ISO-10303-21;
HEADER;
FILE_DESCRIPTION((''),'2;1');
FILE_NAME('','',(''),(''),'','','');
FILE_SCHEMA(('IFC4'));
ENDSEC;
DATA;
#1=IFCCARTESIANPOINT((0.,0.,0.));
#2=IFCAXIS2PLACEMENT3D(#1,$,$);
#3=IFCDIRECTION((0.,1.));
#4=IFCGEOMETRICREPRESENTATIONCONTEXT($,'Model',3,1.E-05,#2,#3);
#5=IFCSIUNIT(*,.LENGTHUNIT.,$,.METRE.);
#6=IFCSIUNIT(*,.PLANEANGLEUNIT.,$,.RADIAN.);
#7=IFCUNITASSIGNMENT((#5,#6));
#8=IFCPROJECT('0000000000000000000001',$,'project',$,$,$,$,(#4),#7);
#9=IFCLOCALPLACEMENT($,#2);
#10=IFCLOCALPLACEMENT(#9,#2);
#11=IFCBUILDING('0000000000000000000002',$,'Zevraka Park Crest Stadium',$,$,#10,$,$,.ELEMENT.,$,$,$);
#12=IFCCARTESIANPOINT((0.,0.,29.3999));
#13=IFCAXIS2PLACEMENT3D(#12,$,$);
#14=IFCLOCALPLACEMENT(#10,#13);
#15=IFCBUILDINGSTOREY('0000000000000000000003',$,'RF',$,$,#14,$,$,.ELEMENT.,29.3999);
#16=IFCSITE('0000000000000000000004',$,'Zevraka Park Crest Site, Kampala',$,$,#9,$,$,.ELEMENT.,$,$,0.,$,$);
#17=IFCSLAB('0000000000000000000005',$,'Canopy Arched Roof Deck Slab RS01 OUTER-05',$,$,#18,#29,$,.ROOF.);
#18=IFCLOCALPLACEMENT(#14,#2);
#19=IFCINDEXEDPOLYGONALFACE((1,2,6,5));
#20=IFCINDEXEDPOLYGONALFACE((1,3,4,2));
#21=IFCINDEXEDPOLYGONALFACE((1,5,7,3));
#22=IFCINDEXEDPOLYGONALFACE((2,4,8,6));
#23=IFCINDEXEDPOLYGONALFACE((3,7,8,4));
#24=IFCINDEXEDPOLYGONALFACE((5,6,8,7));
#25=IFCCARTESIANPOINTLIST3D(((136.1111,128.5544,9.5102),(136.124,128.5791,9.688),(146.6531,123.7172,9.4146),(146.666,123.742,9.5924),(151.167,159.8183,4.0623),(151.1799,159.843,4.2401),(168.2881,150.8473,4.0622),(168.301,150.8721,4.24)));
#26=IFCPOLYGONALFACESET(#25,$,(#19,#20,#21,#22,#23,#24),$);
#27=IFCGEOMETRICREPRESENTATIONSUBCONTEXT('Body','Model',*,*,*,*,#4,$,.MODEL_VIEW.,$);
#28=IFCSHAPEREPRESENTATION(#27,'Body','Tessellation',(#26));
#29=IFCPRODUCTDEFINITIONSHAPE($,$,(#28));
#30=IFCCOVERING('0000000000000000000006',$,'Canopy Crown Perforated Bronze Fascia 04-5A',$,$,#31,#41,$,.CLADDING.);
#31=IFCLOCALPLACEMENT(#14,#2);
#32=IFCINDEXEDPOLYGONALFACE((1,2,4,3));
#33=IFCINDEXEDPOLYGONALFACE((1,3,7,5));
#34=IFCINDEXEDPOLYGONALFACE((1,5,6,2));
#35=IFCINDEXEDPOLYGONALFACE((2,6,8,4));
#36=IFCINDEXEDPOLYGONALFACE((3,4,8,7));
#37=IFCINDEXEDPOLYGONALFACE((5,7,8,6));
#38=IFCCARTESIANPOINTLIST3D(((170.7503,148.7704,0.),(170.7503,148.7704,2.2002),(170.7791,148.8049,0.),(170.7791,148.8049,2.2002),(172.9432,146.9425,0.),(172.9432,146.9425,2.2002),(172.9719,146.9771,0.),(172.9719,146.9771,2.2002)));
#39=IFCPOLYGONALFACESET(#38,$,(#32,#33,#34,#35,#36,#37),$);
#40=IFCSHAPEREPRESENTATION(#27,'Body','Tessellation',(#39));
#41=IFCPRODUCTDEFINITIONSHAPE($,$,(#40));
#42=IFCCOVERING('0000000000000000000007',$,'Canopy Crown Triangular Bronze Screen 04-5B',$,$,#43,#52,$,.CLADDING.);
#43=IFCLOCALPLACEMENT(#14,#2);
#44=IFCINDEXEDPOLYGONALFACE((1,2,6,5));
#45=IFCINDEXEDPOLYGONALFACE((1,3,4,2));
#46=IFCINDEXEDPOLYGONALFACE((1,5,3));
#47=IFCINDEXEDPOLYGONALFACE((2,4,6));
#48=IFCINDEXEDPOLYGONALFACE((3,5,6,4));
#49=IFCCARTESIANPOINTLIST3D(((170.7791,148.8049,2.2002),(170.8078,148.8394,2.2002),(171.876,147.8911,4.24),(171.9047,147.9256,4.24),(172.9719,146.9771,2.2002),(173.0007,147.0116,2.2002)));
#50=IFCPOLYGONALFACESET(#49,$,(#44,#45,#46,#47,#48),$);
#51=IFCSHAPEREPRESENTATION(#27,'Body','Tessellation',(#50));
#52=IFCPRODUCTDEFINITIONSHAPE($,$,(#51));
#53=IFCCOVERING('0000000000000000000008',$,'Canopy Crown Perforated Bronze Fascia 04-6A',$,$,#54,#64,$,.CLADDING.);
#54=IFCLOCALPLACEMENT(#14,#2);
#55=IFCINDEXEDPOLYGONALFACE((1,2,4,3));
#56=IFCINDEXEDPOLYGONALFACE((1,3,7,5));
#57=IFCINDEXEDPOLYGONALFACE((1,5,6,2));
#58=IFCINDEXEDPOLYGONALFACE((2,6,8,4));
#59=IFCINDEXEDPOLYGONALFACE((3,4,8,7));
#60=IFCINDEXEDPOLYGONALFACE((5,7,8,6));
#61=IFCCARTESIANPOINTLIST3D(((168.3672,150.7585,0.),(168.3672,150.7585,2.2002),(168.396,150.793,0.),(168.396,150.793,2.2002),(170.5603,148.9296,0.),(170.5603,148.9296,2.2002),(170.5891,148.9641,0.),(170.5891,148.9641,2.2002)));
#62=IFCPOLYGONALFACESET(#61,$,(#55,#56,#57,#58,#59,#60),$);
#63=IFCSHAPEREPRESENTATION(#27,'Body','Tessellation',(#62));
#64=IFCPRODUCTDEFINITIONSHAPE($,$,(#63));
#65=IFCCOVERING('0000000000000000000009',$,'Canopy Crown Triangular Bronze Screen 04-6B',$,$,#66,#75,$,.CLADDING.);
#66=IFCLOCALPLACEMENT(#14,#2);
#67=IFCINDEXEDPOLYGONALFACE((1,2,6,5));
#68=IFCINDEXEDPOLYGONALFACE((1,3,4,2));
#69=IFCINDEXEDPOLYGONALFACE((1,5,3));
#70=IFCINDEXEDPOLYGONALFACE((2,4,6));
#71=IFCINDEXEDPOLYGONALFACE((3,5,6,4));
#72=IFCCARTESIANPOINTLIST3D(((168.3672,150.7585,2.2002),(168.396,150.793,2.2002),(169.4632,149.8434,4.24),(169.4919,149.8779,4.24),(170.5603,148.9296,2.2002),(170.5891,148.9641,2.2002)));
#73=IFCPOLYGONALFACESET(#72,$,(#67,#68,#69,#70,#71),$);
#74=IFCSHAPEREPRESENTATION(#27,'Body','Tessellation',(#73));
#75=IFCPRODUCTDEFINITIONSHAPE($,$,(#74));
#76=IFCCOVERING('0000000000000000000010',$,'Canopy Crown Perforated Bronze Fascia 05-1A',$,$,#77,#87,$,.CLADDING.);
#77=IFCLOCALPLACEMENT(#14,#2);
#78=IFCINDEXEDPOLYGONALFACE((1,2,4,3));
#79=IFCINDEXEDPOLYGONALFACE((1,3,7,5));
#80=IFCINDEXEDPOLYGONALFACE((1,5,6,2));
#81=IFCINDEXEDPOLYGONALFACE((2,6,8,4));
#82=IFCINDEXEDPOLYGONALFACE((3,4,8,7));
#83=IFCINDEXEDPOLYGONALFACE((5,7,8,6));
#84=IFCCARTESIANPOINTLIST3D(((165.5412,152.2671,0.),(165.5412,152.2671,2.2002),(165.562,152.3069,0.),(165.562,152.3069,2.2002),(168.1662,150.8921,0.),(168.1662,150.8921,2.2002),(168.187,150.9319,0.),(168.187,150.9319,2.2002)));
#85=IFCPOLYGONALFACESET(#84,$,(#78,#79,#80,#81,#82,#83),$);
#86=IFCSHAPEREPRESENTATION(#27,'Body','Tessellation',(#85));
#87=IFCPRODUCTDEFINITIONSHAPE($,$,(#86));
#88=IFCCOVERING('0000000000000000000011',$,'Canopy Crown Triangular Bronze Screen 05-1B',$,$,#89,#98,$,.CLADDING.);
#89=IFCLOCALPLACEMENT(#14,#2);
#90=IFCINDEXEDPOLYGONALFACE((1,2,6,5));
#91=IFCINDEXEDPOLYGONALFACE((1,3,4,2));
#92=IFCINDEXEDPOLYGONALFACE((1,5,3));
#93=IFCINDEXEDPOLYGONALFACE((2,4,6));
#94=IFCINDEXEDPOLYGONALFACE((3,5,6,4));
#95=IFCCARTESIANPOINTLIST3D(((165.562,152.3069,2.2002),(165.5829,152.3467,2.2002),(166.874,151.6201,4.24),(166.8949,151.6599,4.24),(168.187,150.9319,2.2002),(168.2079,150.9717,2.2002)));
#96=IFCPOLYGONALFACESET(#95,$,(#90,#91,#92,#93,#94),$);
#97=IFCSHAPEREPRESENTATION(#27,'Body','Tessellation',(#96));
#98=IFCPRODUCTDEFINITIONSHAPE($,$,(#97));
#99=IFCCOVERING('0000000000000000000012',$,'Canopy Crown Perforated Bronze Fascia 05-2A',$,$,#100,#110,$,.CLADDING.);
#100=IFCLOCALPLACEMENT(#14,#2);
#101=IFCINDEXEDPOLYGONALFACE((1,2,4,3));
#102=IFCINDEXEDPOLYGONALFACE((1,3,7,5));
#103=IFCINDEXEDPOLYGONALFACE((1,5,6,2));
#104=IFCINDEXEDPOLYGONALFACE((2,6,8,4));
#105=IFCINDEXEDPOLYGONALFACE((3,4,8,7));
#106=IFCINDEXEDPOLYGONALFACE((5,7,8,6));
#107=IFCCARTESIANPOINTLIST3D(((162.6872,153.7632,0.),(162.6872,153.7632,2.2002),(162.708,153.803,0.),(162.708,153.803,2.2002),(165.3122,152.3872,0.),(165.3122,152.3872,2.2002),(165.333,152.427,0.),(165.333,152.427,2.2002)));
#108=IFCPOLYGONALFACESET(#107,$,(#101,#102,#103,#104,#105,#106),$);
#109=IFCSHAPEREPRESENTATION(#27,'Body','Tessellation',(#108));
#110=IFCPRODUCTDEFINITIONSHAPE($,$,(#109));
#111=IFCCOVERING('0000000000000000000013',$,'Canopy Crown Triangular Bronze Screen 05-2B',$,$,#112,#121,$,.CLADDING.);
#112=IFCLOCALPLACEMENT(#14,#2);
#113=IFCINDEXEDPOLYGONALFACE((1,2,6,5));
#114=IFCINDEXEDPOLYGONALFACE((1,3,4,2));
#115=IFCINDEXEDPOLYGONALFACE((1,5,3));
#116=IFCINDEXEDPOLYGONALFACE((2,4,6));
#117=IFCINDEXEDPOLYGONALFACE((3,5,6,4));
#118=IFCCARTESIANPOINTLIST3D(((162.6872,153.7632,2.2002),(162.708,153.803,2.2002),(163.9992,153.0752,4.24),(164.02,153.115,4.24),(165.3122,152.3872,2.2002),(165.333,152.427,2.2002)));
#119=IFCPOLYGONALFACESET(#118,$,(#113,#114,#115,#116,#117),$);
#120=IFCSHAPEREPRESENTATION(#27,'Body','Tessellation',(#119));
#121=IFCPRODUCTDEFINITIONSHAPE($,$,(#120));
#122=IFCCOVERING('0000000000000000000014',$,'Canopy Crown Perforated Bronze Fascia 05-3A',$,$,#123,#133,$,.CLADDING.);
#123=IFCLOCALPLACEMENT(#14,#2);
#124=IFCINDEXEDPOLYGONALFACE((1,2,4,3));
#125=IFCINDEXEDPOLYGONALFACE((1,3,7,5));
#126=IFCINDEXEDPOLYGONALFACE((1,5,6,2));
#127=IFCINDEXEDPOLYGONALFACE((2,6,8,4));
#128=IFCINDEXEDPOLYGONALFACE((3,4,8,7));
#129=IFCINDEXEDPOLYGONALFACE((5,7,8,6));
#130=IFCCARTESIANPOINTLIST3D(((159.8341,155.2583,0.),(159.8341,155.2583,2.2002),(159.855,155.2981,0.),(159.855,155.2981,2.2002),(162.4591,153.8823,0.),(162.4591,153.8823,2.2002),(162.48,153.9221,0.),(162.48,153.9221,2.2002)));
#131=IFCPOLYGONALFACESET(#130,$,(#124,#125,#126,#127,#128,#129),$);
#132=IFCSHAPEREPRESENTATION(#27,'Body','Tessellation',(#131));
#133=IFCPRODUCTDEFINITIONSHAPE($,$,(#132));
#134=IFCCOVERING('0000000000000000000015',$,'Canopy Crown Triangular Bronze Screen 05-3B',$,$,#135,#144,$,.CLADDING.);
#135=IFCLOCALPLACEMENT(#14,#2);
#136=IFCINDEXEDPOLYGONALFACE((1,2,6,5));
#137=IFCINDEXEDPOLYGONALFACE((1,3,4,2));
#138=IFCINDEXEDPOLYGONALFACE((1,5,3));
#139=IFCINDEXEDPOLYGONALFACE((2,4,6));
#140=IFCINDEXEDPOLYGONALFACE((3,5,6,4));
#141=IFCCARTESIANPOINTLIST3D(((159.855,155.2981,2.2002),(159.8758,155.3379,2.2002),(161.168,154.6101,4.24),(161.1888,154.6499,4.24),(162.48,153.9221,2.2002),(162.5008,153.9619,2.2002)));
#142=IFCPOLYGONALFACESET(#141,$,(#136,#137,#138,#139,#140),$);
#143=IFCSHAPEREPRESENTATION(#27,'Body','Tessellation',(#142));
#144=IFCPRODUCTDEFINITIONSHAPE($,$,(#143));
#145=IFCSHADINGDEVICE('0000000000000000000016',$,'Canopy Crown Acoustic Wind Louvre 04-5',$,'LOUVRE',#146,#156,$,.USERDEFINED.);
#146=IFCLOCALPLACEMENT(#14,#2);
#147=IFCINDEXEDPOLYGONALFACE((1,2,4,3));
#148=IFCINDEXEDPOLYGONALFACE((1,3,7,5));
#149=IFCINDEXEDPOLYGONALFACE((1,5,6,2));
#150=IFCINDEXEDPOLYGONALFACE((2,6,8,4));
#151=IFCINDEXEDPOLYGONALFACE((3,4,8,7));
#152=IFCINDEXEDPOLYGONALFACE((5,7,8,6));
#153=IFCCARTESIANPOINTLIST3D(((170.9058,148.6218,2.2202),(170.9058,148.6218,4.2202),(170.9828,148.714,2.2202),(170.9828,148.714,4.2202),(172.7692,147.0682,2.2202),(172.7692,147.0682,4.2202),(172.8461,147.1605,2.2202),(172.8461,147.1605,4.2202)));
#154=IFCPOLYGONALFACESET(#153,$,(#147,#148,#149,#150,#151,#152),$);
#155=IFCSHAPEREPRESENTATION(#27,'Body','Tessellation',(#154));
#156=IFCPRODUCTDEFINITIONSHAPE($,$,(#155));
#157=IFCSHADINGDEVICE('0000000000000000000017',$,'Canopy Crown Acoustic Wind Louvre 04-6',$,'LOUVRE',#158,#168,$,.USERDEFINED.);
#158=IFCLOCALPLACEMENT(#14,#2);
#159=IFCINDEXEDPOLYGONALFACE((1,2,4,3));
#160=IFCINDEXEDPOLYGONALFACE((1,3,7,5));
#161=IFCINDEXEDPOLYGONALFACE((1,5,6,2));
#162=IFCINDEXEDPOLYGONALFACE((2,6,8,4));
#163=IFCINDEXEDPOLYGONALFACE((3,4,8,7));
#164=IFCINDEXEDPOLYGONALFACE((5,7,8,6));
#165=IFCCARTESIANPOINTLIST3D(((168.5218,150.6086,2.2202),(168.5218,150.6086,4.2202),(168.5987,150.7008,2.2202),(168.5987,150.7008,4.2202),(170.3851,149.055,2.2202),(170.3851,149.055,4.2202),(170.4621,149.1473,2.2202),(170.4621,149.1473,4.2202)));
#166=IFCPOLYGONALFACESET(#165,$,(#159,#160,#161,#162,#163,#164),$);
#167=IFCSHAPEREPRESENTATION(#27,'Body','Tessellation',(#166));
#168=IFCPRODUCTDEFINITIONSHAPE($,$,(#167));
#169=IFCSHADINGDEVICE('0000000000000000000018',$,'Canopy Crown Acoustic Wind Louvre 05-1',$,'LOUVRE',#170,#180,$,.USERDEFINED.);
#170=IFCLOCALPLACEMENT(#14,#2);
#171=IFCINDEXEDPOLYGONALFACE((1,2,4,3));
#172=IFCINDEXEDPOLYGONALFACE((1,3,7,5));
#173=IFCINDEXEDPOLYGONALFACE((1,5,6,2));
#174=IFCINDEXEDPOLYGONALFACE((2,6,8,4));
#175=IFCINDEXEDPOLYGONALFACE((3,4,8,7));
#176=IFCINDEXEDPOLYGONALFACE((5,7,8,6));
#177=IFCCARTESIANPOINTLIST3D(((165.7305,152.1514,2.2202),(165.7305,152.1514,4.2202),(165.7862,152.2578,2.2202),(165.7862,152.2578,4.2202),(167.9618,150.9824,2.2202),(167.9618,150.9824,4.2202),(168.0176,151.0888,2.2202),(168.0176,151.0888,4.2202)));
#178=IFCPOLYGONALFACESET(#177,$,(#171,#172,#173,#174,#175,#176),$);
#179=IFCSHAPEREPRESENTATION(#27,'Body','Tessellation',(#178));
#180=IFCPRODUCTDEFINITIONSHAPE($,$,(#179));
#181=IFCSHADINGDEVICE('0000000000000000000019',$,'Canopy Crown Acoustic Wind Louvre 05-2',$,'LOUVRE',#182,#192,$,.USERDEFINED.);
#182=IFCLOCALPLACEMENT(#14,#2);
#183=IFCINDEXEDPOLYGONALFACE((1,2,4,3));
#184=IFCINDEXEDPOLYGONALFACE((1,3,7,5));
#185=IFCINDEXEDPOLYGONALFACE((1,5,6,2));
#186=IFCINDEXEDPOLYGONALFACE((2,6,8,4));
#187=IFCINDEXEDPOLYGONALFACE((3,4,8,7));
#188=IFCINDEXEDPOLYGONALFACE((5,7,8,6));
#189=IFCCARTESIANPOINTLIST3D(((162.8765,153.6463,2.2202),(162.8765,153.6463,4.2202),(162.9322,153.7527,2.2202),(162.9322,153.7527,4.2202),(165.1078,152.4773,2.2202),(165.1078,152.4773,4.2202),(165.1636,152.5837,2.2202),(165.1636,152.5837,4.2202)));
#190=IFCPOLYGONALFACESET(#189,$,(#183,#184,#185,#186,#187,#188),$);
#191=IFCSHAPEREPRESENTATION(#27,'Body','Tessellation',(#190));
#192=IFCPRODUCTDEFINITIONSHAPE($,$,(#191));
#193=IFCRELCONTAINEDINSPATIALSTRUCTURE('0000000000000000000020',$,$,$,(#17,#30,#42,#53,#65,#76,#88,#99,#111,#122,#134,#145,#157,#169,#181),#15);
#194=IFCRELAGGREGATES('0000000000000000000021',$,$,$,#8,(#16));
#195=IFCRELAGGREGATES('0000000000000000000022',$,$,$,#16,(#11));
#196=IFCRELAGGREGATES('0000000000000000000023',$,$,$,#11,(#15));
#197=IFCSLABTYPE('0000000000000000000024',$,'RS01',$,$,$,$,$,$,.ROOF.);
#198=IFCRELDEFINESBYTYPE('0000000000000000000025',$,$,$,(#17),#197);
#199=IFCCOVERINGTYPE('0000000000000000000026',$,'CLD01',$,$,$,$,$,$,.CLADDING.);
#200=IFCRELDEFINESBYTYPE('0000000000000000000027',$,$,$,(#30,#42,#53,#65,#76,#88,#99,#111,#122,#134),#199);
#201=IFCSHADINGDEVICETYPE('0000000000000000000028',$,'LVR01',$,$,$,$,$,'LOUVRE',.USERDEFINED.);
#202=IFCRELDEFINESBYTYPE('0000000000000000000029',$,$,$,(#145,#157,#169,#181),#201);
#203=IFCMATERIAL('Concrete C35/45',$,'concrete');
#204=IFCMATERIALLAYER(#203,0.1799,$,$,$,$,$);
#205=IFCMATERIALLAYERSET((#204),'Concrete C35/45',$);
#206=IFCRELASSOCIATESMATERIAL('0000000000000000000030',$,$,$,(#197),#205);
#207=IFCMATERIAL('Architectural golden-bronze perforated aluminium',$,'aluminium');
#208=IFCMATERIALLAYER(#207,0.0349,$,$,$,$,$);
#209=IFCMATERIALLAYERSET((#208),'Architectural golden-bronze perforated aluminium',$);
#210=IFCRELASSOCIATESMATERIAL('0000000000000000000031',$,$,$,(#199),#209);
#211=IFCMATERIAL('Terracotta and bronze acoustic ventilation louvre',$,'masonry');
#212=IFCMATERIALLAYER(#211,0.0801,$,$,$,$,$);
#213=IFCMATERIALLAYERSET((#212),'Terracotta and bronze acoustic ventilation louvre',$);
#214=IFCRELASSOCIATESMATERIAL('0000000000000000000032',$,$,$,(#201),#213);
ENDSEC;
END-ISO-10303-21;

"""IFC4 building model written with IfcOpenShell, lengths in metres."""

from ifc_helpers import new_model, si_unit, direction, frame, origin, origin_2d, place, context, subcontext, project, spatial, polyline, rectangle, outline, extrude, material, layer, layer_set, type_object, element, save


model = new_model("IFC4")

# Units and contexts
model_context = context("Model", 3, precision=1e-05, world=origin(), true_north=direction((0.0, 1.0)))
body_context = subcontext(model_context, "Body", "Model", "MODEL_VIEW")
ifc_project = project(units=[si_unit("LENGTHUNIT", "METRE"), si_unit("PLANEANGLEUNIT", "RADIAN")], contexts=[model_context])

# Site, building, storey
site_placement = place(None, origin())
site = spatial("IfcSite", under=ifc_project, at=site_placement, Name="Zevraka Park Crest Site, Kampala", CompositionType="ELEMENT", RefElevation=0.0)
building_placement = place(site_placement, origin())
building = spatial("IfcBuilding", under=site, at=building_placement, Name="Zevraka Park Crest Stadium", CompositionType="ELEMENT")
storey_placement = place(building_placement, frame((0.0, 0.0, 29.3999)))
storey = spatial("IfcBuildingStorey", under=building, at=storey_placement, Name="RF", CompositionType="ELEMENT", Elevation=29.3999)

# Slab
ifc_material_1 = material(Name="Concrete C35/45", Category="concrete")
ifc_layer_1 = layer(ifc_material_1, 0.1799)
ifc_layer_set_1 = layer_set([ifc_layer_1], Name="Concrete C35/45")
slab_type = type_object("IfcSlabType", Name="RS01", PredefinedType="ROOF", material=ifc_layer_set_1)
slab_placement = place(storey_placement, frame((168.301, 150.8721, 4.24), z_axis=(0.072029, 0.137456, 0.987885), x_axis=(-0.885773, 0.46412, 0.000006)))
element("IfcSlab", 1, at=slab_placement, inside=storey, type_object=slab_type, Name="Canopy Arched Roof Deck Slab RS01 OUTER-05", PredefinedType="ROOF", context=body_context, shape_type="SweptSolid", body=[
    extrude(outline(polyline([(0.0, 0.0), (19.329, 0.0), (18.1549, 35.1058), (6.5721, 34.4902), (0.0, 0.0)])), origin(), (0.0, 0.0, -1.0), 0.1799),
])

# Coverings
ifc_material_2 = material(Name="Architectural golden-bronze perforated aluminium", Category="aluminium")
ifc_layer_2 = layer(ifc_material_2, 0.0349)
ifc_layer_set_2 = layer_set([ifc_layer_2], Name="Architectural golden-bronze perforated aluminium")
covering_type_1 = type_object("IfcCoveringType", Name="CLD01", PredefinedType="CLADDING", material=ifc_layer_set_2)
covering_1_placement = place(storey_placement, frame((172.9719, 146.9771, 0.0), z_axis=(0.640285, 0.768137, 0.0), x_axis=(-0.768137, 0.640285, 0.0)))
element("IfcCovering", 2, at=covering_1_placement, inside=storey, type_object=covering_type_1, Name="Canopy Crown Perforated Bronze Fascia 04-5A", PredefinedType="CLADDING", context=body_context, shape_type="SweptSolid", body=[
    extrude(outline(polyline([(0.0, 0.0), (2.8548, 0.0), (2.8548, 2.2002), (0.0, 2.2002), (0.0, 0.0)])), origin(), (0.0, 0.0, -1.0), 0.0449),
])
covering_2_placement = place(storey_placement, frame((172.9719, 146.9771, 2.2002), z_axis=(-0.640285, -0.768137, 0.000199), x_axis=(-0.768137, 0.640285, 0.0)))
element("IfcCovering", 3, at=covering_2_placement, inside=storey, type_object=covering_type_1, Name="Canopy Crown Triangular Bronze Screen 04-5B", PredefinedType="CLADDING", context=body_context, shape_type="SweptSolid", body=[
    extrude(outline(polyline([(0.0, 0.0), (2.8548, 0.0), (1.4271, -2.0398), (0.0, 0.0)])), origin(), (0.0, 0.0, -1.0), 0.0449),
])
covering_3_placement = place(storey_placement, frame((170.5891, 148.9641, 0.0), z_axis=(0.640445, 0.768004, 0.0), x_axis=(-0.768004, 0.640445, 0.0)))
element("IfcCovering", 4, at=covering_3_placement, inside=storey, type_object=covering_type_1, Name="Canopy Crown Perforated Bronze Fascia 04-6A", PredefinedType="CLADDING", context=body_context, shape_type="SweptSolid", body=[
    extrude(outline(polyline([(0.0, 0.0), (2.8556, 0.0), (2.8556, 2.2002), (0.0, 2.2002), (0.0, 0.0)])), origin(), (0.0, 0.0, -1.0), 0.0449),
])
covering_4_placement = place(storey_placement, frame((170.5891, 148.9641, 2.2002), z_axis=(0.640445, 0.768004, 0.000421), x_axis=(-0.768004, 0.640445, 0.0)))
element("IfcCovering", 5, at=covering_4_placement, inside=storey, type_object=covering_type_1, Name="Canopy Crown Triangular Bronze Screen 04-6B", PredefinedType="CLADDING", context=body_context, shape_type="SweptSolid", body=[
    extrude(outline(polyline([(0.0, 0.0), (2.8556, 0.0), (1.4279, 2.0398), (0.0, 0.0)])), origin(), (0.0, 0.0, -1.0), 0.0449),
])
covering_5_placement = place(storey_placement, frame((168.187, 150.9319, 0.0), z_axis=(0.464007, 0.885832, 0.0), x_axis=(-0.885832, 0.464007, 0.0)))
element("IfcCovering", 6, at=covering_5_placement, inside=storey, type_object=covering_type_1, Name="Canopy Crown Perforated Bronze Fascia 05-1A", PredefinedType="CLADDING", context=body_context, shape_type="SweptSolid", body=[
    extrude(outline(polyline([(0.0, 0.0), (2.9633, 0.0), (2.9633, 2.2002), (0.0, 2.2002), (0.0, 0.0)])), origin(), (0.0, 0.0, -1.0), 0.0449),
])
covering_6_placement = place(storey_placement, frame((168.187, 150.9319, 2.2002), z_axis=(-0.464007, -0.885832, 0.000207), x_axis=(-0.885832, 0.464007, 0.0)))
element("IfcCovering", 7, at=covering_6_placement, inside=storey, type_object=covering_type_1, Name="Canopy Crown Triangular Bronze Screen 05-1B", PredefinedType="CLADDING", context=body_context, shape_type="SweptSolid", body=[
    extrude(outline(polyline([(0.0, 0.0), (2.9633, 0.0), (1.4824, -2.0398), (0.0, 0.0)])), origin(), (0.0, 0.0, -1.0), 0.0449),
])
covering_7_placement = place(storey_placement, frame((165.333, 152.427, 0.0), z_axis=(0.464266, 0.885696, 0.0), x_axis=(-0.885696, 0.464266, 0.0)))
element("IfcCovering", 8, at=covering_7_placement, inside=storey, type_object=covering_type_1, Name="Canopy Crown Perforated Bronze Fascia 05-2A", PredefinedType="CLADDING", context=body_context, shape_type="SweptSolid", body=[
    extrude(outline(polyline([(0.0, 0.0), (2.9638, 0.0), (2.9638, 2.2002), (0.0, 2.2002), (0.0, 0.0)])), origin(), (0.0, 0.0, -1.0), 0.0449),
])
covering_8_placement = place(storey_placement, frame((165.333, 152.427, 2.2002), z_axis=(0.464266, 0.885696, 0.000111), x_axis=(-0.885696, 0.464266, 0.0)))
element("IfcCovering", 9, at=covering_8_placement, inside=storey, type_object=covering_type_1, Name="Canopy Crown Triangular Bronze Screen 05-2B", PredefinedType="CLADDING", context=body_context, shape_type="SweptSolid", body=[
    extrude(outline(polyline([(0.0, 0.0), (2.9638, 0.0), (1.4823, 2.0398), (0.0, 0.0)])), origin(), (0.0, 0.0, -1.0), 0.0449),
])
covering_9_placement = place(storey_placement, frame((162.48, 153.9221, 0.0), z_axis=(0.464266, 0.885696, 0.0), x_axis=(-0.885696, 0.464266, 0.0)))
element("IfcCovering", 10, at=covering_9_placement, inside=storey, type_object=covering_type_1, Name="Canopy Crown Perforated Bronze Fascia 05-3A", PredefinedType="CLADDING", context=body_context, shape_type="SweptSolid", body=[
    extrude(outline(polyline([(0.0, 0.0), (2.9638, 0.0), (2.9638, 2.2002), (0.0, 2.2002), (0.0, 0.0)])), origin(), (0.0, 0.0, -1.0), 0.0449),
])
covering_10_placement = place(storey_placement, frame((162.48, 153.9221, 2.2002), z_axis=(-0.464266, -0.885696, 0.000111), x_axis=(-0.885696, 0.464266, 0.0)))
element("IfcCovering", 11, at=covering_10_placement, inside=storey, type_object=covering_type_1, Name="Canopy Crown Triangular Bronze Screen 05-3B", PredefinedType="CLADDING", context=body_context, shape_type="SweptSolid", body=[
    extrude(outline(polyline([(0.0, 0.0), (2.9638, 0.0), (1.4815, -2.0398), (0.0, 0.0)])), origin(), (0.0, 0.0, -1.0), 0.0449),
])

# Shading devices
ifc_material_3 = material(Name="Terracotta and bronze acoustic ventilation louvre", Category="masonry")
ifc_layer_3 = layer(ifc_material_3, 0.0801)
ifc_layer_set_3 = layer_set([ifc_layer_3], Name="Terracotta and bronze acoustic ventilation louvre")
shading_device_type = type_object("IfcShadingDeviceType", Name="LVR01", ElementType="LOUVRE", PredefinedType="USERDEFINED", material=ifc_layer_set_3)
for number, where, z_axis, x_axis, name in (
    (12, (171.876, 147.8911, 2.2202), (0.0, 0.0, 1.0), (-0.76806, 0.640378, 0.0), "Canopy Crown Acoustic Wind Louvre 04-5"),
    (13, (169.4919, 149.8779, 2.2202), (0.0, 0.0, 1.0), (-0.76806, 0.640378, 0.0), "Canopy Crown Acoustic Wind Louvre 04-6"),
):
    element("IfcShadingDevice", number, at=place(storey_placement, frame(where, z_axis=z_axis, x_axis=x_axis)), inside=storey, type_object=shading_device_type, Name=name, ObjectType="LOUVRE", PredefinedType="USERDEFINED", context=body_context, shape_type="SweptSolid", body=[
        extrude(rectangle(XDim=2.426, YDim=0.1201, at=origin_2d()), origin(), (0.0, 0.0, 1.0), 2.0),
    ])
for number, where, z_axis, x_axis, name in (
    (14, (166.874, 151.6201, 2.2202), (0.0, 0.0, 1.0), (-0.885799, 0.464069, 0.0), "Canopy Crown Acoustic Wind Louvre 05-1"),
    (15, (164.02, 153.115, 2.2202), (0.0, 0.0, 1.0), (-0.885799, 0.464069, 0.0), "Canopy Crown Acoustic Wind Louvre 05-2"),
):
    element("IfcShadingDevice", number, at=place(storey_placement, frame(where, z_axis=z_axis, x_axis=x_axis)), inside=storey, type_object=shading_device_type, Name=name, ObjectType="LOUVRE", PredefinedType="USERDEFINED", context=body_context, shape_type="SweptSolid", body=[
        extrude(rectangle(XDim=2.519, YDim=0.1201, at=origin_2d()), origin(), (0.0, 0.0, 1.0), 2.0),
    ])

save(model, "model.ifc")
